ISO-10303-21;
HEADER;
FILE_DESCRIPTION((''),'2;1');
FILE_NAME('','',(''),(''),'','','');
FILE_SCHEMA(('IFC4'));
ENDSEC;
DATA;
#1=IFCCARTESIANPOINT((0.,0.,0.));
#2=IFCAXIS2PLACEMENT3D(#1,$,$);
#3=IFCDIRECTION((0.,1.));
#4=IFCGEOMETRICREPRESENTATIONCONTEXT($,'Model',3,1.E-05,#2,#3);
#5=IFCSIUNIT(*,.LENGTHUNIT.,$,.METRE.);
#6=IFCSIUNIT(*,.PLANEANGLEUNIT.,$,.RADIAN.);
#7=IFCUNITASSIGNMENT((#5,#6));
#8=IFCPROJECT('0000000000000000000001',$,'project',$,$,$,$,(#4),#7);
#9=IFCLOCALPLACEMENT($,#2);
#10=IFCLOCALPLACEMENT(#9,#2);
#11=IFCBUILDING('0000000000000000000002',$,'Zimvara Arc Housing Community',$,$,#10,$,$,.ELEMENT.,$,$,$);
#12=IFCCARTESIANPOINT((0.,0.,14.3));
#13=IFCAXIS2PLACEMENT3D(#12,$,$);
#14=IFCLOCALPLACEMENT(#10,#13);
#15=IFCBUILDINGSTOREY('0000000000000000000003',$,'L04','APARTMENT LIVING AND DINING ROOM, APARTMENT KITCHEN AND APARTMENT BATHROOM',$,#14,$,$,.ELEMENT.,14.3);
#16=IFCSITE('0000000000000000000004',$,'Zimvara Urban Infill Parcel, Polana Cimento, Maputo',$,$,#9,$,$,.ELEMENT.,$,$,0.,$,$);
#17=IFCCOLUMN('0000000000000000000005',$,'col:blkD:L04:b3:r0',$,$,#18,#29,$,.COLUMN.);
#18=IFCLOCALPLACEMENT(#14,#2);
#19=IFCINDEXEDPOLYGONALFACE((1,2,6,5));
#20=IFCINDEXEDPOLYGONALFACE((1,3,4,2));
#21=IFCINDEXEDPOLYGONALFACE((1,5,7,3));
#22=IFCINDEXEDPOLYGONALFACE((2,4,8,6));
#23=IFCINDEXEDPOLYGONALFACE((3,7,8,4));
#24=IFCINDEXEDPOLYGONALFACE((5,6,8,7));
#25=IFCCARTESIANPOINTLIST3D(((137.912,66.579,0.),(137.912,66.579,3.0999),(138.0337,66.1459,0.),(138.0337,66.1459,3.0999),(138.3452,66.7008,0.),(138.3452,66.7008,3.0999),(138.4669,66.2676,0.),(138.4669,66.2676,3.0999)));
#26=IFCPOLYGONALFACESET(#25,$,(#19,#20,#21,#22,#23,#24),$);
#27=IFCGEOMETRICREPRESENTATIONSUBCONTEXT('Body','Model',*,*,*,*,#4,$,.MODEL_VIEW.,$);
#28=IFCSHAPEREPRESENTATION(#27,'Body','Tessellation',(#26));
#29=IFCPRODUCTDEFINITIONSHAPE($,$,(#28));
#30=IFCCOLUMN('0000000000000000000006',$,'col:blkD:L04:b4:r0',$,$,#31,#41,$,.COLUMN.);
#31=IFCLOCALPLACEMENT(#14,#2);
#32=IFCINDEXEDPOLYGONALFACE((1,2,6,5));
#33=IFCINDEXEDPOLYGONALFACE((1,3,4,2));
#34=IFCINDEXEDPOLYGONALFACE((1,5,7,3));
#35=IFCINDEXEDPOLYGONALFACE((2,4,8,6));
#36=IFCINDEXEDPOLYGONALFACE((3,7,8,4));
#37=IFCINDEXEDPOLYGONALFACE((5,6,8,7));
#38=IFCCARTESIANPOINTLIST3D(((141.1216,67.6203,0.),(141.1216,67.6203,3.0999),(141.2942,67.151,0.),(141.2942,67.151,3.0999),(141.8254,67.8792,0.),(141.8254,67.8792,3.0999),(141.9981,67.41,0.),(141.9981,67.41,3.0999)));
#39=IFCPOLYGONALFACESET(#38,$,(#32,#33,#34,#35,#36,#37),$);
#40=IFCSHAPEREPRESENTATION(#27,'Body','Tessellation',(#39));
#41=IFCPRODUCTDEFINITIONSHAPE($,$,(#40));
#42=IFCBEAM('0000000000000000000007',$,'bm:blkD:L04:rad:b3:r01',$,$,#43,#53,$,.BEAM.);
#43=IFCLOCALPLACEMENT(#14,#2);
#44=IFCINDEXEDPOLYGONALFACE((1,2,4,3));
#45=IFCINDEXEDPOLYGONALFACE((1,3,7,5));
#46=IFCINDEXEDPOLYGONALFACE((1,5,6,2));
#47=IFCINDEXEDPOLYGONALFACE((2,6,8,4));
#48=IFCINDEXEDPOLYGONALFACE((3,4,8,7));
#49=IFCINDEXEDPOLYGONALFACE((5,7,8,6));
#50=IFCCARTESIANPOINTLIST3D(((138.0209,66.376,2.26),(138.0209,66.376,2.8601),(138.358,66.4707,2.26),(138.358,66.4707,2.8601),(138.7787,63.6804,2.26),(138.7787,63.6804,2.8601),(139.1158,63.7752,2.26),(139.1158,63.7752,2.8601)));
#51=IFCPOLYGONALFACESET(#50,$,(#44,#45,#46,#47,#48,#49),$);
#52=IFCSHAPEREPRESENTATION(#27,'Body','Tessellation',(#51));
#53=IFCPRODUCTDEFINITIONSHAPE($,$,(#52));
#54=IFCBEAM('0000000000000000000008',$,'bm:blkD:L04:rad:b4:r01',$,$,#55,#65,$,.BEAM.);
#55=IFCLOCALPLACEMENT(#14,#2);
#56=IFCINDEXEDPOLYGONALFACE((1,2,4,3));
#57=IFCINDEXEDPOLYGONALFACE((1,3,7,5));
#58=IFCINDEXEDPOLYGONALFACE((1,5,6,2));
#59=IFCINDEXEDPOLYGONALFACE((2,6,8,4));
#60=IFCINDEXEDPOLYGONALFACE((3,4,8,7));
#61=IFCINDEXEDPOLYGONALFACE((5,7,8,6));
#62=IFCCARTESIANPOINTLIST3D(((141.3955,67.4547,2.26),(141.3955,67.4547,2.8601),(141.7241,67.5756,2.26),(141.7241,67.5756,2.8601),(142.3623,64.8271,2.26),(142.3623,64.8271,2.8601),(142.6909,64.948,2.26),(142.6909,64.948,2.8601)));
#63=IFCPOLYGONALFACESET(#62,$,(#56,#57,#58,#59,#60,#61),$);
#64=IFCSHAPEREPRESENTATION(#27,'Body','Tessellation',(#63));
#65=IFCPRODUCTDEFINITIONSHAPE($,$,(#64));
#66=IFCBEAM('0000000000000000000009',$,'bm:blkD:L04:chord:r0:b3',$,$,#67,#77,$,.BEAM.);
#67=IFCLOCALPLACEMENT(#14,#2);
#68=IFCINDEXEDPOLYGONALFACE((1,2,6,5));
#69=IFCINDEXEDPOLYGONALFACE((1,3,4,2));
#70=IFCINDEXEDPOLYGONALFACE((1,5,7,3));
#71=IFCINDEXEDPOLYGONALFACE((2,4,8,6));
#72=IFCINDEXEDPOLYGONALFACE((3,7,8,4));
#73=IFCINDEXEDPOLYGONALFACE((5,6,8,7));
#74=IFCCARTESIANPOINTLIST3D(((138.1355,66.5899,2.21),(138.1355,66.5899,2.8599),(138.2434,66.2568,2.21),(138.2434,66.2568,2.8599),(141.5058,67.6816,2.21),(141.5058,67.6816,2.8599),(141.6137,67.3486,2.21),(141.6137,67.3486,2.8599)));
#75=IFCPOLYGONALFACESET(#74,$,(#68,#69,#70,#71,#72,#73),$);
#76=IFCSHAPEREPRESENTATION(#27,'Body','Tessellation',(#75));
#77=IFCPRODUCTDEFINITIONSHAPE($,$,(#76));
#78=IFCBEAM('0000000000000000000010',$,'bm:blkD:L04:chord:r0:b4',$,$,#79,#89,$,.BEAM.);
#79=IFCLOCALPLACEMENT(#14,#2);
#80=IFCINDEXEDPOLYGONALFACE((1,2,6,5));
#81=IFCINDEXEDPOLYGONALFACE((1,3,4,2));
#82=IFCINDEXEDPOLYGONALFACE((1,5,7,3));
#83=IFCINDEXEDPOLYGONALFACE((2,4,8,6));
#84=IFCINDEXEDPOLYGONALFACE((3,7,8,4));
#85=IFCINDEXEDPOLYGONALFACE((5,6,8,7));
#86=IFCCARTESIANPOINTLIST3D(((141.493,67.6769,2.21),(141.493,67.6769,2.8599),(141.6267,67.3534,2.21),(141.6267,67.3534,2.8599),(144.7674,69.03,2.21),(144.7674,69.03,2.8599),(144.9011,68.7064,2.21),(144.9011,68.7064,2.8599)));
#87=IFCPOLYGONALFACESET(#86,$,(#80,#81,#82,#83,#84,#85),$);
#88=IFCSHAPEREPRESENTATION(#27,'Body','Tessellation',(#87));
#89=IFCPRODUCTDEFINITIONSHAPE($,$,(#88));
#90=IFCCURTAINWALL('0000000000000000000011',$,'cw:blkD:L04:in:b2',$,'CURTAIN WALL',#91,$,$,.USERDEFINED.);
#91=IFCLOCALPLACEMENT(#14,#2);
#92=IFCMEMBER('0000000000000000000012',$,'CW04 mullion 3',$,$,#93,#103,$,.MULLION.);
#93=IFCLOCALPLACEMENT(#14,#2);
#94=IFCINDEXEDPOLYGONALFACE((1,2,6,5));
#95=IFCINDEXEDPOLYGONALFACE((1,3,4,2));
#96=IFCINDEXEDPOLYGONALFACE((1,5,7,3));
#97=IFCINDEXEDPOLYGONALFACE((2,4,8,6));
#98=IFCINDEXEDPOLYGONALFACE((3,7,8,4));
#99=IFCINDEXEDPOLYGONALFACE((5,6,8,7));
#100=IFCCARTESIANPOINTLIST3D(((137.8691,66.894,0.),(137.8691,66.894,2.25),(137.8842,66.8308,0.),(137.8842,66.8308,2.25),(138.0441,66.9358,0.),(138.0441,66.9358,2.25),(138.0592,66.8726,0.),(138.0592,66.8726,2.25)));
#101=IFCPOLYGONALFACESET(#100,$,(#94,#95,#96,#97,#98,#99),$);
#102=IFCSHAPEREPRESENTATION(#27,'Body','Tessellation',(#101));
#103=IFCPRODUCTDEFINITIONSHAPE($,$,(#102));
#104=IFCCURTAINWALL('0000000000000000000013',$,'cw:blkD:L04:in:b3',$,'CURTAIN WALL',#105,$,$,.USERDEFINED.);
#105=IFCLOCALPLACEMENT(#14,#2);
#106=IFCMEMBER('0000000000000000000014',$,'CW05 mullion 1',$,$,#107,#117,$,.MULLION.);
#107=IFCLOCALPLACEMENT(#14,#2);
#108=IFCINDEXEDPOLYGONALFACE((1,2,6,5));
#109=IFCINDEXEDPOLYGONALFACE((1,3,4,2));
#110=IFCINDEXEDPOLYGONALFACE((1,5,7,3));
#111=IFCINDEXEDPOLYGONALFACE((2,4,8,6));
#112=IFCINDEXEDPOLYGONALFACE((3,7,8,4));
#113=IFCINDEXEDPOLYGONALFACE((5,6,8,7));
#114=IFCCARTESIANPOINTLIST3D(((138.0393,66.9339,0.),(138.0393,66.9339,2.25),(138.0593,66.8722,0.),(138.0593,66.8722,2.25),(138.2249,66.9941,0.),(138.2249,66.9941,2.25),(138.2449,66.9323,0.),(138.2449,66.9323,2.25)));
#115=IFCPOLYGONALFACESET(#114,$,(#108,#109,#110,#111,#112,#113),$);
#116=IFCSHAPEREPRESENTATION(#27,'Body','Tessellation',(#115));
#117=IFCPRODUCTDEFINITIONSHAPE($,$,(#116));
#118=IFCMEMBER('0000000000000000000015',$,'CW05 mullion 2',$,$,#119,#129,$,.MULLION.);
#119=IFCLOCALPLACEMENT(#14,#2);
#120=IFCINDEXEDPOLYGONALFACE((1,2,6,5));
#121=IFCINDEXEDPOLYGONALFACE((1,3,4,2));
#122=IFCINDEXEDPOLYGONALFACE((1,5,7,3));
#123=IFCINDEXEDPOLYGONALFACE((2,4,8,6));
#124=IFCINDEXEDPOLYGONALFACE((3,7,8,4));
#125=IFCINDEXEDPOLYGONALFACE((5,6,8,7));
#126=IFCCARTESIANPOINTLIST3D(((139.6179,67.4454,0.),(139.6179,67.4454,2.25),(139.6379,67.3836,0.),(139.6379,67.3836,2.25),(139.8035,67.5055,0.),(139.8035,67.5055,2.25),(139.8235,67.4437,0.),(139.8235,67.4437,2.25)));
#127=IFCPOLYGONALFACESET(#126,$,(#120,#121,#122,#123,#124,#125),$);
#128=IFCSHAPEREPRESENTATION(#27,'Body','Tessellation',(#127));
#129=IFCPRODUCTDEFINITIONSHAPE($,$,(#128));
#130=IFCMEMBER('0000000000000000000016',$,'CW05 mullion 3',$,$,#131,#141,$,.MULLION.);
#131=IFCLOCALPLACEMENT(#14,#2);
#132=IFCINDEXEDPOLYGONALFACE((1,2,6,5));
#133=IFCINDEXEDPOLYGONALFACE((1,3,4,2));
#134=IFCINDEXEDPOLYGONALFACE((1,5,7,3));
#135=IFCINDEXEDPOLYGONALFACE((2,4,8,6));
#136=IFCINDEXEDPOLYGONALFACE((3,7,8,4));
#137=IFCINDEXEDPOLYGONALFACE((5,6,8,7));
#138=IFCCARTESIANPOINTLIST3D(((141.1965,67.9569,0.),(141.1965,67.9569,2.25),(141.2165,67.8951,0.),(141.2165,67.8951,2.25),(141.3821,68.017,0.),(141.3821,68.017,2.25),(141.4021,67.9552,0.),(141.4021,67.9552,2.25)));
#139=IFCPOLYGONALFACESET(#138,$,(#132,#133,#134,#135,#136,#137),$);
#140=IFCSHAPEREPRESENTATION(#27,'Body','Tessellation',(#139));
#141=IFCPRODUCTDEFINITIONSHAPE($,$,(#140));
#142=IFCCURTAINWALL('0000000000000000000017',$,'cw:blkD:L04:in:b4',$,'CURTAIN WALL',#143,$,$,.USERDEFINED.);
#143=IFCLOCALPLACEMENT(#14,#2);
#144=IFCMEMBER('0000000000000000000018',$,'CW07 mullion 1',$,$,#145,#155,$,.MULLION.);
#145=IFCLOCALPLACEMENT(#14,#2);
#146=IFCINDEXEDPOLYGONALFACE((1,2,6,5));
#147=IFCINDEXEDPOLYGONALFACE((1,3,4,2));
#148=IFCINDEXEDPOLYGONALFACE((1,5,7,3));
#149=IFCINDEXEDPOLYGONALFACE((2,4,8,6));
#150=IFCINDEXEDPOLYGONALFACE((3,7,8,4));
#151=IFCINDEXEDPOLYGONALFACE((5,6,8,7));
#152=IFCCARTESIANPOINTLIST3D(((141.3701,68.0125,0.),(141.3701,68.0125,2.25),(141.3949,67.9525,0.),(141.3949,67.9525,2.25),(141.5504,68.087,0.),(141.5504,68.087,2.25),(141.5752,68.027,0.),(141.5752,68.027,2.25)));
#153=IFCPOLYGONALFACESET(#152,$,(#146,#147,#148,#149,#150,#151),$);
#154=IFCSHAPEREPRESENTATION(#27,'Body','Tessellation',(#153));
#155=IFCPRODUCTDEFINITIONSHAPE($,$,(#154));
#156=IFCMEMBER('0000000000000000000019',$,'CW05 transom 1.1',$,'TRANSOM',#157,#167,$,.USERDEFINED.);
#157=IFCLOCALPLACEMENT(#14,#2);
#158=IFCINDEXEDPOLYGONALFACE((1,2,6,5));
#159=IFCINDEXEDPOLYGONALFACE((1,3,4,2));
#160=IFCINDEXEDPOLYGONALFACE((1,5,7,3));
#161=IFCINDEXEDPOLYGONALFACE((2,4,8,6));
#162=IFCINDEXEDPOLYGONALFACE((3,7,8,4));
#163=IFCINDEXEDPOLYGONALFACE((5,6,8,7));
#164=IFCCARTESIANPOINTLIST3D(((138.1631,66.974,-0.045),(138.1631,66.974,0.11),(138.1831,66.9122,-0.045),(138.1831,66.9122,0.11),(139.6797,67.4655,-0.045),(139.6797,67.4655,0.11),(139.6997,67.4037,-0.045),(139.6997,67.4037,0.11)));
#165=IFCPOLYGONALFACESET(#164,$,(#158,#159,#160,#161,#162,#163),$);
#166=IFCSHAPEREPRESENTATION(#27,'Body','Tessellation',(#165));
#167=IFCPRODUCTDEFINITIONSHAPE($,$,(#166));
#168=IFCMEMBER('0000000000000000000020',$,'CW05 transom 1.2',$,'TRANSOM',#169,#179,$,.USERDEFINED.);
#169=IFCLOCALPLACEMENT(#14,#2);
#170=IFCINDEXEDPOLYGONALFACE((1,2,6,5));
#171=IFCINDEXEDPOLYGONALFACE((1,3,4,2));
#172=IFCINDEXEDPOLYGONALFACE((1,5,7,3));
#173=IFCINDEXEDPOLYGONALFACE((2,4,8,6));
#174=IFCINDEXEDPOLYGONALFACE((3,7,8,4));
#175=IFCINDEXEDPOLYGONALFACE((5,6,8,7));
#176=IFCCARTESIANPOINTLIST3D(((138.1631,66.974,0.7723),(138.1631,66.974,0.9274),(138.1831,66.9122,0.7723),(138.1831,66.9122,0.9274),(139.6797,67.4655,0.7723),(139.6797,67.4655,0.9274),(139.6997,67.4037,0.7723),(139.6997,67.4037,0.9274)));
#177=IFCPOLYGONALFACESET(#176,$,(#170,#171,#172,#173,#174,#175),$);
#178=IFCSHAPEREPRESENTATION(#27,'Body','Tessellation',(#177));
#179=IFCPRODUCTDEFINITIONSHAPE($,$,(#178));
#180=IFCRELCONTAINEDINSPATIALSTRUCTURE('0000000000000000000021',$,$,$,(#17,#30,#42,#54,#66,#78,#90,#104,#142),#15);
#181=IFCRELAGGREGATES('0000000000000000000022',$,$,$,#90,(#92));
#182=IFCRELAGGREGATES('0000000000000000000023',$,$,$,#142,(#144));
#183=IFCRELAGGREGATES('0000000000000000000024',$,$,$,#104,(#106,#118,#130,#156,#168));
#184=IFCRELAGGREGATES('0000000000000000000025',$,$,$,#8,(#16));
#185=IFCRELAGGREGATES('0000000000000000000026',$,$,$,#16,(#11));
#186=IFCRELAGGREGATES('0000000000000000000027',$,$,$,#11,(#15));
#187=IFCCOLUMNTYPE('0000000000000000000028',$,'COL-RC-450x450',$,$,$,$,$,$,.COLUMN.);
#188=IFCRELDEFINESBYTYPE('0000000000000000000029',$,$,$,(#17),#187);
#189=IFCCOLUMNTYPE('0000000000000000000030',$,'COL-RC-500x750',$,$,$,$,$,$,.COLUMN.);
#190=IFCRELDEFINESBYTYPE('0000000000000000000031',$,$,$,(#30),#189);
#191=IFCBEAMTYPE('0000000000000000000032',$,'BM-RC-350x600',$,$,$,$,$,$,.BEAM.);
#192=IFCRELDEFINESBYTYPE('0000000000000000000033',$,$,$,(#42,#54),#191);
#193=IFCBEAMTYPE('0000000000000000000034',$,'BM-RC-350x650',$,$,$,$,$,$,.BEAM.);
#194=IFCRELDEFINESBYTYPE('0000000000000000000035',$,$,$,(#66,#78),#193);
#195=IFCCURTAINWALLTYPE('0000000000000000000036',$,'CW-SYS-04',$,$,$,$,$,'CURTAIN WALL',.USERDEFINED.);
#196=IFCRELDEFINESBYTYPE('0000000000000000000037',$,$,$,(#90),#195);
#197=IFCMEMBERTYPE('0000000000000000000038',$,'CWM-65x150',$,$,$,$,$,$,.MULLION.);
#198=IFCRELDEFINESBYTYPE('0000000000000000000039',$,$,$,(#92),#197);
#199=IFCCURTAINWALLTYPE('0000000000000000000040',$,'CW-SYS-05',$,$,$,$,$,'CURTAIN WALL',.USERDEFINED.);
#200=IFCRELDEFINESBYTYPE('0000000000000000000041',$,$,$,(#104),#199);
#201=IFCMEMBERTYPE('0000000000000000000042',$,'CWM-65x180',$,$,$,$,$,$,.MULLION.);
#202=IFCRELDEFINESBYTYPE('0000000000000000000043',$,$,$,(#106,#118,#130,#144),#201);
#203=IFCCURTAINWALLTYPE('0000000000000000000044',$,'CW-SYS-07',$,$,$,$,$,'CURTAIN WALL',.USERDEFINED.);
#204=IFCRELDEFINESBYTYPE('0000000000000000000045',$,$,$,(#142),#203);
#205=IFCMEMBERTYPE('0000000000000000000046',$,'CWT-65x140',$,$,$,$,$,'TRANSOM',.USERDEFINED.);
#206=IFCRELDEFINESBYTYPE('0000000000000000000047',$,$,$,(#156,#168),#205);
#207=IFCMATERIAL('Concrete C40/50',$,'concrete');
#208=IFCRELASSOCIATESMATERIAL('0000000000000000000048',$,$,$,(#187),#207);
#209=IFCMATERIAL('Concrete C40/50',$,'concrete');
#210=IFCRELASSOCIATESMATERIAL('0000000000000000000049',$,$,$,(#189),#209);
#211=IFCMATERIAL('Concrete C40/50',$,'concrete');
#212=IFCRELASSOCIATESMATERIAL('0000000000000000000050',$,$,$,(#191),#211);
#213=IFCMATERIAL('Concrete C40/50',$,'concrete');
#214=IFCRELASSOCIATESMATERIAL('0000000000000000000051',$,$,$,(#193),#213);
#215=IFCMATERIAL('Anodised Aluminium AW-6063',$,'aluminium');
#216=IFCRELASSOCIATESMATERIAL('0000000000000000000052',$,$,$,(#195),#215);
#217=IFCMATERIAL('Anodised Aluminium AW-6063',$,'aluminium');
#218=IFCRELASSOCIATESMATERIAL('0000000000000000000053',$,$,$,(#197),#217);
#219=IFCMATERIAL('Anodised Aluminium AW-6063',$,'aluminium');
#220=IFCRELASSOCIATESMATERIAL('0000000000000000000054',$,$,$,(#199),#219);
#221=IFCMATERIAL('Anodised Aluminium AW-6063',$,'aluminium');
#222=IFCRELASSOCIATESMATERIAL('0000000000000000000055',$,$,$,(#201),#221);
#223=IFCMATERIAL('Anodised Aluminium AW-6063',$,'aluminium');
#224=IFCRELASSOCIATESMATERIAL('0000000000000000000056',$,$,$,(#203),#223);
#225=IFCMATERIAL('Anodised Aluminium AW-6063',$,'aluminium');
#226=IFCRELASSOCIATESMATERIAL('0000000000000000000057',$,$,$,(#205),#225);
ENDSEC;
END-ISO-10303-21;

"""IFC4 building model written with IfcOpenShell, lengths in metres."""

from ifc_helpers import new_model, si_unit, direction, frame, origin, origin_2d, place, context, subcontext, project, spatial, rectangle, extrude, material, material_profile, profile_set, type_object, element, aggregate, save


model = new_model("IFC4")

# Units and contexts
model_context = context("Model", 3, precision=1e-05, world=origin(), true_north=direction((0.0, 1.0)))
body_context = subcontext(model_context, "Body", "Model", "MODEL_VIEW")
ifc_project = project(units=[si_unit("LENGTHUNIT", "METRE"), si_unit("PLANEANGLEUNIT", "RADIAN")], contexts=[model_context])

# Site, building, storey
site_placement = place(None, origin())
site = spatial("IfcSite", under=ifc_project, at=site_placement, Name="Zimvara Urban Infill Parcel, Polana Cimento, Maputo", CompositionType="ELEMENT", RefElevation=0.0)
building_placement = place(site_placement, origin())
building = spatial("IfcBuilding", under=site, at=building_placement, Name="Zimvara Arc Housing Community", CompositionType="ELEMENT")
storey_placement = place(building_placement, frame((0.0, 0.0, 14.3)))
storey = spatial("IfcBuildingStorey", under=building, at=storey_placement, Name="L04", Description="APARTMENT LIVING AND DINING ROOM, APARTMENT KITCHEN AND APARTMENT BATHROOM", CompositionType="ELEMENT", Elevation=14.3)

# Columns
ifc_material_1 = material(Name="Concrete C40/50", Category="concrete")
ifc_material_profile_1 = material_profile(ifc_material_1, rectangle(XDim=0.45, YDim=0.45, at=origin_2d()), Name="RC 450x450")
ifc_profile_set_1 = profile_set([ifc_material_profile_1], Name="Concrete C40/50")
column_type_1 = type_object("IfcColumnType", Name="COL-RC-450x450", PredefinedType="COLUMN", material=ifc_profile_set_1)
column_1_placement = place(storey_placement, frame((138.1895, 66.4233, 0.0), z_axis=(0.0, 0.0, 1.0), x_axis=(0.2706, -0.962692, 0.0)))
element("IfcColumn", 1, at=column_1_placement, inside=storey, type_object=column_type_1, Name="col:blkD:L04:b3:r0", PredefinedType="COLUMN", context=body_context, shape_type="SweptSolid", body=[
    extrude(rectangle(XDim=0.45, YDim=0.45, at=origin_2d()), origin(), (0.0, 0.0, 1.0), 3.0999),
])
ifc_material_2 = material(Name="Concrete C40/50", Category="concrete")
ifc_material_profile_2 = material_profile(ifc_material_2, rectangle(XDim=0.5, YDim=0.75, at=origin_2d()), Name="RC 500x750")
ifc_profile_set_2 = profile_set([ifc_material_profile_2], Name="Concrete C40/50")
column_type_2 = type_object("IfcColumnType", Name="COL-RC-500x750", PredefinedType="COLUMN", material=ifc_profile_set_2)
column_2_placement = place(storey_placement, frame((141.5598, 67.5151, 0.0), z_axis=(0.0, 0.0, 1.0), x_axis=(0.345298, -0.938493, 0.0)))
element("IfcColumn", 2, at=column_2_placement, inside=storey, type_object=column_type_2, Name="col:blkD:L04:b4:r0", PredefinedType="COLUMN", context=body_context, shape_type="SweptSolid", body=[
    extrude(rectangle(XDim=0.5, YDim=0.75, at=origin_2d()), origin(), (0.0, 0.0, 1.0), 3.0999),
])

# Beams
ifc_material_3 = material(Name="Concrete C40/50", Category="concrete")
ifc_material_profile_3 = material_profile(ifc_material_3, rectangle(XDim=0.3501, YDim=0.6001, at=origin_2d()), Name="RC 350x600")
ifc_profile_set_3 = profile_set([ifc_material_profile_3], Name="Concrete C40/50")
beam_type_1 = type_object("IfcBeamType", Name="BM-RC-350x600", PredefinedType="BEAM", material=ifc_profile_set_3)
beam_1_placement = place(storey_placement, frame((138.1895, 66.4233, 2.5601), z_axis=(0.270642, -0.96268, 0.0), x_axis=(0.96268, 0.270642, 0.0)))
element("IfcBeam", 3, at=beam_1_placement, inside=storey, type_object=beam_type_1, Name="bm:blkD:L04:rad:b3:r01", PredefinedType="BEAM", context=body_context, shape_type="SweptSolid", body=[
    extrude(rectangle(XDim=0.3501, YDim=0.6001, at=origin_2d()), origin(), (0.0, 0.0, 1.0), 2.8),
])
beam_2_placement = place(storey_placement, frame((141.5598, 67.5151, 2.5601), z_axis=(0.345297, -0.938493, 0.0), x_axis=(0.938493, 0.345297, 0.0)))
element("IfcBeam", 4, at=beam_2_placement, inside=storey, type_object=beam_type_1, Name="bm:blkD:L04:rad:b4:r01", PredefinedType="BEAM", context=body_context, shape_type="SweptSolid", body=[
    extrude(rectangle(XDim=0.3501, YDim=0.6001, at=origin_2d()), origin(), (0.0, 0.0, 1.0), 2.7998),
])
ifc_material_4 = material(Name="Concrete C40/50", Category="concrete")
ifc_material_profile_4 = material_profile(ifc_material_4, rectangle(XDim=0.3501, YDim=0.6499, at=origin_2d()), Name="RC 350x650")
ifc_profile_set_4 = profile_set([ifc_material_profile_4], Name="Concrete C40/50")
beam_type_2 = type_object("IfcBeamType", Name="BM-RC-350x650", PredefinedType="BEAM", material=ifc_profile_set_4)
beam_3_placement = place(storey_placement, frame((138.1895, 66.4233, 2.5349), z_axis=(0.95133, 0.308174, 0.0), x_axis=(-0.308174, 0.95133, 0.0)))
element("IfcBeam", 5, at=beam_3_placement, inside=storey, type_object=beam_type_2, Name="bm:blkD:L04:chord:r0:b3", PredefinedType="BEAM", context=body_context, shape_type="SweptSolid", body=[
    extrude(rectangle(XDim=0.3501, YDim=0.6499, at=origin_2d()), origin(), (0.0, 0.0, 1.0), 3.5427),
])
beam_4_placement = place(storey_placement, frame((141.5598, 67.5151, 2.5349), z_axis=(0.924206, 0.381893, 0.0), x_axis=(-0.381893, 0.924206, 0.0)))
element("IfcBeam", 6, at=beam_4_placement, inside=storey, type_object=beam_type_2, Name="bm:blkD:L04:chord:r0:b4", PredefinedType="BEAM", context=body_context, shape_type="SweptSolid", body=[
    extrude(rectangle(XDim=0.3501, YDim=0.6499, at=origin_2d()), origin(), (0.0, 0.0, 1.0), 3.543),
])

# Curtain wall, member
ifc_material_5 = material(Name="Anodised Aluminium AW-6063", Category="aluminium")
curtain_wall_type_1 = type_object("IfcCurtainWallType", Name="CW-SYS-04", ElementType="CURTAIN WALL", PredefinedType="USERDEFINED", material=ifc_material_5)
curtain_wall_1_placement = place(storey_placement, origin())
curtain_wall_1 = element("IfcCurtainWall", 7, at=curtain_wall_1_placement, inside=storey, type_object=curtain_wall_type_1, Name="cw:blkD:L04:in:b2", ObjectType="CURTAIN WALL", PredefinedType="USERDEFINED")
ifc_material_6 = material(Name="Anodised Aluminium AW-6063", Category="aluminium")
ifc_material_profile_5 = material_profile(ifc_material_6, rectangle(XDim=0.0649, YDim=0.1799, at=origin_2d()), Name="ALU 65x180")
ifc_profile_set_5 = profile_set([ifc_material_profile_5], Name="Anodised Aluminium AW-6063")
member_type_1 = type_object("IfcMemberType", Name="CWM-65x150", PredefinedType="MULLION", material=ifc_profile_set_5)
member_1_placement = place(storey_placement, frame((137.9641, 66.8833, 0.0), z_axis=(0.0, 0.0, 1.0), x_axis=(-0.232596, 0.972573, 0.0)))
member_1 = element("IfcMember", 8, at=member_1_placement, type_object=member_type_1, Name="CW04 mullion 3", PredefinedType="MULLION", context=body_context, shape_type="SweptSolid", body=[
    extrude(rectangle(XDim=0.0649, YDim=0.1799, at=origin_2d()), origin(), (0.0, 0.0, 1.0), 2.25),
])
aggregate(curtain_wall_1, [member_1])

# Curtain wall, members
ifc_material_7 = material(Name="Anodised Aluminium AW-6063", Category="aluminium")
curtain_wall_type_2 = type_object("IfcCurtainWallType", Name="CW-SYS-05", ElementType="CURTAIN WALL", PredefinedType="USERDEFINED", material=ifc_material_7)
curtain_wall_2_placement = place(storey_placement, origin())
curtain_wall_2 = element("IfcCurtainWall", 9, at=curtain_wall_2_placement, inside=storey, type_object=curtain_wall_type_2, Name="cw:blkD:L04:in:b3", ObjectType="CURTAIN WALL", PredefinedType="USERDEFINED")
ifc_material_8 = material(Name="Anodised Aluminium AW-6063", Category="aluminium")
ifc_material_profile_6 = material_profile(ifc_material_8, rectangle(XDim=0.0649, YDim=0.1951, at=origin_2d()), Name="ALU 65x195")
ifc_profile_set_6 = profile_set([ifc_material_profile_6], Name="Anodised Aluminium AW-6063")
member_type_2 = type_object("IfcMemberType", Name="CWM-65x180", PredefinedType="MULLION", material=ifc_profile_set_6)
member_2_placement = place(storey_placement, frame((138.1421, 66.9331, 0.0), z_axis=(0.0, 0.0, 1.0), x_axis=(-0.308185, 0.951326, 0.0)))
member_2 = element("IfcMember", 10, at=member_2_placement, type_object=member_type_2, Name="CW05 mullion 1", PredefinedType="MULLION", context=body_context, shape_type="SweptSolid", body=[
    extrude(rectangle(XDim=0.0649, YDim=0.1951, at=origin_2d()), origin(), (0.0, 0.0, 1.0), 2.25),
])
member_3_placement = place(storey_placement, frame((139.7207, 67.4446, 0.0), z_axis=(0.0, 0.0, 1.0), x_axis=(-0.308185, 0.951326, 0.0)))
member_3 = element("IfcMember", 11, at=member_3_placement, type_object=member_type_2, Name="CW05 mullion 2", PredefinedType="MULLION", context=body_context, shape_type="SweptSolid", body=[
    extrude(rectangle(XDim=0.0649, YDim=0.1951, at=origin_2d()), origin(), (0.0, 0.0, 1.0), 2.25),
])
member_4_placement = place(storey_placement, frame((141.2993, 67.9561, 0.0), z_axis=(0.0, 0.0, 1.0), x_axis=(-0.308185, 0.951326, 0.0)))
member_4 = element("IfcMember", 12, at=member_4_placement, type_object=member_type_2, Name="CW05 mullion 3", PredefinedType="MULLION", context=body_context, shape_type="SweptSolid", body=[
    extrude(rectangle(XDim=0.0649, YDim=0.1951, at=origin_2d()), origin(), (0.0, 0.0, 1.0), 2.25),
])

# Curtain wall, member
ifc_material_9 = material(Name="Anodised Aluminium AW-6063", Category="aluminium")
curtain_wall_type_3 = type_object("IfcCurtainWallType", Name="CW-SYS-07", ElementType="CURTAIN WALL", PredefinedType="USERDEFINED", material=ifc_material_9)
curtain_wall_3_placement = place(storey_placement, origin())
curtain_wall_3 = element("IfcCurtainWall", 13, at=curtain_wall_3_placement, inside=storey, type_object=curtain_wall_type_3, Name="cw:blkD:L04:in:b4", ObjectType="CURTAIN WALL", PredefinedType="USERDEFINED")
member_5_placement = place(storey_placement, frame((141.4727, 68.0198, 0.0), z_axis=(0.0, 0.0, 1.0), x_axis=(-0.381877, 0.924213, 0.0)))
member_5 = element("IfcMember", 14, at=member_5_placement, type_object=member_type_2, Name="CW07 mullion 1", PredefinedType="MULLION", context=body_context, shape_type="SweptSolid", body=[
    extrude(rectangle(XDim=0.0649, YDim=0.1951, at=origin_2d()), origin(), (0.0, 0.0, 1.0), 2.25),
])

# Members
ifc_material_10 = material(Name="Anodised Aluminium AW-6063", Category="aluminium")
ifc_material_profile_7 = material_profile(ifc_material_10, rectangle(XDim=0.0649, YDim=0.155, at=origin_2d()), Name="ALU 65x155")
ifc_profile_set_7 = profile_set([ifc_material_profile_7], Name="Anodised Aluminium AW-6063")
member_type_3 = type_object("IfcMemberType", Name="CWT-65x140", ElementType="TRANSOM", PredefinedType="USERDEFINED", material=ifc_profile_set_7)
member_6_placement = place(storey_placement, frame((138.1731, 66.9431, 0.0325), z_axis=(0.951299, 0.308269, 0.0), x_axis=(-0.308269, 0.951299, 0.0)))
member_6 = element("IfcMember", 15, at=member_6_placement, type_object=member_type_3, Name="CW05 transom 1.1", ObjectType="TRANSOM", PredefinedType="USERDEFINED", context=body_context, shape_type="SweptSolid", body=[
    extrude(rectangle(XDim=0.0649, YDim=0.155, at=origin_2d()), origin(), (0.0, 0.0, 1.0), 1.5942),
])
member_7_placement = place(storey_placement, frame((138.1731, 66.9431, 0.8499), z_axis=(0.951299, 0.308269, 0.0), x_axis=(-0.308269, 0.951299, 0.0)))
member_7 = element("IfcMember", 16, at=member_7_placement, type_object=member_type_3, Name="CW05 transom 1.2", ObjectType="TRANSOM", PredefinedType="USERDEFINED", context=body_context, shape_type="SweptSolid", body=[
    extrude(rectangle(XDim=0.0649, YDim=0.155, at=origin_2d()), origin(), (0.0, 0.0, 1.0), 1.5942),
])
aggregate(curtain_wall_3, [member_5])

aggregate(curtain_wall_2, [member_2, member_3, member_4, member_6, member_7])

save(model, "model.ifc")
